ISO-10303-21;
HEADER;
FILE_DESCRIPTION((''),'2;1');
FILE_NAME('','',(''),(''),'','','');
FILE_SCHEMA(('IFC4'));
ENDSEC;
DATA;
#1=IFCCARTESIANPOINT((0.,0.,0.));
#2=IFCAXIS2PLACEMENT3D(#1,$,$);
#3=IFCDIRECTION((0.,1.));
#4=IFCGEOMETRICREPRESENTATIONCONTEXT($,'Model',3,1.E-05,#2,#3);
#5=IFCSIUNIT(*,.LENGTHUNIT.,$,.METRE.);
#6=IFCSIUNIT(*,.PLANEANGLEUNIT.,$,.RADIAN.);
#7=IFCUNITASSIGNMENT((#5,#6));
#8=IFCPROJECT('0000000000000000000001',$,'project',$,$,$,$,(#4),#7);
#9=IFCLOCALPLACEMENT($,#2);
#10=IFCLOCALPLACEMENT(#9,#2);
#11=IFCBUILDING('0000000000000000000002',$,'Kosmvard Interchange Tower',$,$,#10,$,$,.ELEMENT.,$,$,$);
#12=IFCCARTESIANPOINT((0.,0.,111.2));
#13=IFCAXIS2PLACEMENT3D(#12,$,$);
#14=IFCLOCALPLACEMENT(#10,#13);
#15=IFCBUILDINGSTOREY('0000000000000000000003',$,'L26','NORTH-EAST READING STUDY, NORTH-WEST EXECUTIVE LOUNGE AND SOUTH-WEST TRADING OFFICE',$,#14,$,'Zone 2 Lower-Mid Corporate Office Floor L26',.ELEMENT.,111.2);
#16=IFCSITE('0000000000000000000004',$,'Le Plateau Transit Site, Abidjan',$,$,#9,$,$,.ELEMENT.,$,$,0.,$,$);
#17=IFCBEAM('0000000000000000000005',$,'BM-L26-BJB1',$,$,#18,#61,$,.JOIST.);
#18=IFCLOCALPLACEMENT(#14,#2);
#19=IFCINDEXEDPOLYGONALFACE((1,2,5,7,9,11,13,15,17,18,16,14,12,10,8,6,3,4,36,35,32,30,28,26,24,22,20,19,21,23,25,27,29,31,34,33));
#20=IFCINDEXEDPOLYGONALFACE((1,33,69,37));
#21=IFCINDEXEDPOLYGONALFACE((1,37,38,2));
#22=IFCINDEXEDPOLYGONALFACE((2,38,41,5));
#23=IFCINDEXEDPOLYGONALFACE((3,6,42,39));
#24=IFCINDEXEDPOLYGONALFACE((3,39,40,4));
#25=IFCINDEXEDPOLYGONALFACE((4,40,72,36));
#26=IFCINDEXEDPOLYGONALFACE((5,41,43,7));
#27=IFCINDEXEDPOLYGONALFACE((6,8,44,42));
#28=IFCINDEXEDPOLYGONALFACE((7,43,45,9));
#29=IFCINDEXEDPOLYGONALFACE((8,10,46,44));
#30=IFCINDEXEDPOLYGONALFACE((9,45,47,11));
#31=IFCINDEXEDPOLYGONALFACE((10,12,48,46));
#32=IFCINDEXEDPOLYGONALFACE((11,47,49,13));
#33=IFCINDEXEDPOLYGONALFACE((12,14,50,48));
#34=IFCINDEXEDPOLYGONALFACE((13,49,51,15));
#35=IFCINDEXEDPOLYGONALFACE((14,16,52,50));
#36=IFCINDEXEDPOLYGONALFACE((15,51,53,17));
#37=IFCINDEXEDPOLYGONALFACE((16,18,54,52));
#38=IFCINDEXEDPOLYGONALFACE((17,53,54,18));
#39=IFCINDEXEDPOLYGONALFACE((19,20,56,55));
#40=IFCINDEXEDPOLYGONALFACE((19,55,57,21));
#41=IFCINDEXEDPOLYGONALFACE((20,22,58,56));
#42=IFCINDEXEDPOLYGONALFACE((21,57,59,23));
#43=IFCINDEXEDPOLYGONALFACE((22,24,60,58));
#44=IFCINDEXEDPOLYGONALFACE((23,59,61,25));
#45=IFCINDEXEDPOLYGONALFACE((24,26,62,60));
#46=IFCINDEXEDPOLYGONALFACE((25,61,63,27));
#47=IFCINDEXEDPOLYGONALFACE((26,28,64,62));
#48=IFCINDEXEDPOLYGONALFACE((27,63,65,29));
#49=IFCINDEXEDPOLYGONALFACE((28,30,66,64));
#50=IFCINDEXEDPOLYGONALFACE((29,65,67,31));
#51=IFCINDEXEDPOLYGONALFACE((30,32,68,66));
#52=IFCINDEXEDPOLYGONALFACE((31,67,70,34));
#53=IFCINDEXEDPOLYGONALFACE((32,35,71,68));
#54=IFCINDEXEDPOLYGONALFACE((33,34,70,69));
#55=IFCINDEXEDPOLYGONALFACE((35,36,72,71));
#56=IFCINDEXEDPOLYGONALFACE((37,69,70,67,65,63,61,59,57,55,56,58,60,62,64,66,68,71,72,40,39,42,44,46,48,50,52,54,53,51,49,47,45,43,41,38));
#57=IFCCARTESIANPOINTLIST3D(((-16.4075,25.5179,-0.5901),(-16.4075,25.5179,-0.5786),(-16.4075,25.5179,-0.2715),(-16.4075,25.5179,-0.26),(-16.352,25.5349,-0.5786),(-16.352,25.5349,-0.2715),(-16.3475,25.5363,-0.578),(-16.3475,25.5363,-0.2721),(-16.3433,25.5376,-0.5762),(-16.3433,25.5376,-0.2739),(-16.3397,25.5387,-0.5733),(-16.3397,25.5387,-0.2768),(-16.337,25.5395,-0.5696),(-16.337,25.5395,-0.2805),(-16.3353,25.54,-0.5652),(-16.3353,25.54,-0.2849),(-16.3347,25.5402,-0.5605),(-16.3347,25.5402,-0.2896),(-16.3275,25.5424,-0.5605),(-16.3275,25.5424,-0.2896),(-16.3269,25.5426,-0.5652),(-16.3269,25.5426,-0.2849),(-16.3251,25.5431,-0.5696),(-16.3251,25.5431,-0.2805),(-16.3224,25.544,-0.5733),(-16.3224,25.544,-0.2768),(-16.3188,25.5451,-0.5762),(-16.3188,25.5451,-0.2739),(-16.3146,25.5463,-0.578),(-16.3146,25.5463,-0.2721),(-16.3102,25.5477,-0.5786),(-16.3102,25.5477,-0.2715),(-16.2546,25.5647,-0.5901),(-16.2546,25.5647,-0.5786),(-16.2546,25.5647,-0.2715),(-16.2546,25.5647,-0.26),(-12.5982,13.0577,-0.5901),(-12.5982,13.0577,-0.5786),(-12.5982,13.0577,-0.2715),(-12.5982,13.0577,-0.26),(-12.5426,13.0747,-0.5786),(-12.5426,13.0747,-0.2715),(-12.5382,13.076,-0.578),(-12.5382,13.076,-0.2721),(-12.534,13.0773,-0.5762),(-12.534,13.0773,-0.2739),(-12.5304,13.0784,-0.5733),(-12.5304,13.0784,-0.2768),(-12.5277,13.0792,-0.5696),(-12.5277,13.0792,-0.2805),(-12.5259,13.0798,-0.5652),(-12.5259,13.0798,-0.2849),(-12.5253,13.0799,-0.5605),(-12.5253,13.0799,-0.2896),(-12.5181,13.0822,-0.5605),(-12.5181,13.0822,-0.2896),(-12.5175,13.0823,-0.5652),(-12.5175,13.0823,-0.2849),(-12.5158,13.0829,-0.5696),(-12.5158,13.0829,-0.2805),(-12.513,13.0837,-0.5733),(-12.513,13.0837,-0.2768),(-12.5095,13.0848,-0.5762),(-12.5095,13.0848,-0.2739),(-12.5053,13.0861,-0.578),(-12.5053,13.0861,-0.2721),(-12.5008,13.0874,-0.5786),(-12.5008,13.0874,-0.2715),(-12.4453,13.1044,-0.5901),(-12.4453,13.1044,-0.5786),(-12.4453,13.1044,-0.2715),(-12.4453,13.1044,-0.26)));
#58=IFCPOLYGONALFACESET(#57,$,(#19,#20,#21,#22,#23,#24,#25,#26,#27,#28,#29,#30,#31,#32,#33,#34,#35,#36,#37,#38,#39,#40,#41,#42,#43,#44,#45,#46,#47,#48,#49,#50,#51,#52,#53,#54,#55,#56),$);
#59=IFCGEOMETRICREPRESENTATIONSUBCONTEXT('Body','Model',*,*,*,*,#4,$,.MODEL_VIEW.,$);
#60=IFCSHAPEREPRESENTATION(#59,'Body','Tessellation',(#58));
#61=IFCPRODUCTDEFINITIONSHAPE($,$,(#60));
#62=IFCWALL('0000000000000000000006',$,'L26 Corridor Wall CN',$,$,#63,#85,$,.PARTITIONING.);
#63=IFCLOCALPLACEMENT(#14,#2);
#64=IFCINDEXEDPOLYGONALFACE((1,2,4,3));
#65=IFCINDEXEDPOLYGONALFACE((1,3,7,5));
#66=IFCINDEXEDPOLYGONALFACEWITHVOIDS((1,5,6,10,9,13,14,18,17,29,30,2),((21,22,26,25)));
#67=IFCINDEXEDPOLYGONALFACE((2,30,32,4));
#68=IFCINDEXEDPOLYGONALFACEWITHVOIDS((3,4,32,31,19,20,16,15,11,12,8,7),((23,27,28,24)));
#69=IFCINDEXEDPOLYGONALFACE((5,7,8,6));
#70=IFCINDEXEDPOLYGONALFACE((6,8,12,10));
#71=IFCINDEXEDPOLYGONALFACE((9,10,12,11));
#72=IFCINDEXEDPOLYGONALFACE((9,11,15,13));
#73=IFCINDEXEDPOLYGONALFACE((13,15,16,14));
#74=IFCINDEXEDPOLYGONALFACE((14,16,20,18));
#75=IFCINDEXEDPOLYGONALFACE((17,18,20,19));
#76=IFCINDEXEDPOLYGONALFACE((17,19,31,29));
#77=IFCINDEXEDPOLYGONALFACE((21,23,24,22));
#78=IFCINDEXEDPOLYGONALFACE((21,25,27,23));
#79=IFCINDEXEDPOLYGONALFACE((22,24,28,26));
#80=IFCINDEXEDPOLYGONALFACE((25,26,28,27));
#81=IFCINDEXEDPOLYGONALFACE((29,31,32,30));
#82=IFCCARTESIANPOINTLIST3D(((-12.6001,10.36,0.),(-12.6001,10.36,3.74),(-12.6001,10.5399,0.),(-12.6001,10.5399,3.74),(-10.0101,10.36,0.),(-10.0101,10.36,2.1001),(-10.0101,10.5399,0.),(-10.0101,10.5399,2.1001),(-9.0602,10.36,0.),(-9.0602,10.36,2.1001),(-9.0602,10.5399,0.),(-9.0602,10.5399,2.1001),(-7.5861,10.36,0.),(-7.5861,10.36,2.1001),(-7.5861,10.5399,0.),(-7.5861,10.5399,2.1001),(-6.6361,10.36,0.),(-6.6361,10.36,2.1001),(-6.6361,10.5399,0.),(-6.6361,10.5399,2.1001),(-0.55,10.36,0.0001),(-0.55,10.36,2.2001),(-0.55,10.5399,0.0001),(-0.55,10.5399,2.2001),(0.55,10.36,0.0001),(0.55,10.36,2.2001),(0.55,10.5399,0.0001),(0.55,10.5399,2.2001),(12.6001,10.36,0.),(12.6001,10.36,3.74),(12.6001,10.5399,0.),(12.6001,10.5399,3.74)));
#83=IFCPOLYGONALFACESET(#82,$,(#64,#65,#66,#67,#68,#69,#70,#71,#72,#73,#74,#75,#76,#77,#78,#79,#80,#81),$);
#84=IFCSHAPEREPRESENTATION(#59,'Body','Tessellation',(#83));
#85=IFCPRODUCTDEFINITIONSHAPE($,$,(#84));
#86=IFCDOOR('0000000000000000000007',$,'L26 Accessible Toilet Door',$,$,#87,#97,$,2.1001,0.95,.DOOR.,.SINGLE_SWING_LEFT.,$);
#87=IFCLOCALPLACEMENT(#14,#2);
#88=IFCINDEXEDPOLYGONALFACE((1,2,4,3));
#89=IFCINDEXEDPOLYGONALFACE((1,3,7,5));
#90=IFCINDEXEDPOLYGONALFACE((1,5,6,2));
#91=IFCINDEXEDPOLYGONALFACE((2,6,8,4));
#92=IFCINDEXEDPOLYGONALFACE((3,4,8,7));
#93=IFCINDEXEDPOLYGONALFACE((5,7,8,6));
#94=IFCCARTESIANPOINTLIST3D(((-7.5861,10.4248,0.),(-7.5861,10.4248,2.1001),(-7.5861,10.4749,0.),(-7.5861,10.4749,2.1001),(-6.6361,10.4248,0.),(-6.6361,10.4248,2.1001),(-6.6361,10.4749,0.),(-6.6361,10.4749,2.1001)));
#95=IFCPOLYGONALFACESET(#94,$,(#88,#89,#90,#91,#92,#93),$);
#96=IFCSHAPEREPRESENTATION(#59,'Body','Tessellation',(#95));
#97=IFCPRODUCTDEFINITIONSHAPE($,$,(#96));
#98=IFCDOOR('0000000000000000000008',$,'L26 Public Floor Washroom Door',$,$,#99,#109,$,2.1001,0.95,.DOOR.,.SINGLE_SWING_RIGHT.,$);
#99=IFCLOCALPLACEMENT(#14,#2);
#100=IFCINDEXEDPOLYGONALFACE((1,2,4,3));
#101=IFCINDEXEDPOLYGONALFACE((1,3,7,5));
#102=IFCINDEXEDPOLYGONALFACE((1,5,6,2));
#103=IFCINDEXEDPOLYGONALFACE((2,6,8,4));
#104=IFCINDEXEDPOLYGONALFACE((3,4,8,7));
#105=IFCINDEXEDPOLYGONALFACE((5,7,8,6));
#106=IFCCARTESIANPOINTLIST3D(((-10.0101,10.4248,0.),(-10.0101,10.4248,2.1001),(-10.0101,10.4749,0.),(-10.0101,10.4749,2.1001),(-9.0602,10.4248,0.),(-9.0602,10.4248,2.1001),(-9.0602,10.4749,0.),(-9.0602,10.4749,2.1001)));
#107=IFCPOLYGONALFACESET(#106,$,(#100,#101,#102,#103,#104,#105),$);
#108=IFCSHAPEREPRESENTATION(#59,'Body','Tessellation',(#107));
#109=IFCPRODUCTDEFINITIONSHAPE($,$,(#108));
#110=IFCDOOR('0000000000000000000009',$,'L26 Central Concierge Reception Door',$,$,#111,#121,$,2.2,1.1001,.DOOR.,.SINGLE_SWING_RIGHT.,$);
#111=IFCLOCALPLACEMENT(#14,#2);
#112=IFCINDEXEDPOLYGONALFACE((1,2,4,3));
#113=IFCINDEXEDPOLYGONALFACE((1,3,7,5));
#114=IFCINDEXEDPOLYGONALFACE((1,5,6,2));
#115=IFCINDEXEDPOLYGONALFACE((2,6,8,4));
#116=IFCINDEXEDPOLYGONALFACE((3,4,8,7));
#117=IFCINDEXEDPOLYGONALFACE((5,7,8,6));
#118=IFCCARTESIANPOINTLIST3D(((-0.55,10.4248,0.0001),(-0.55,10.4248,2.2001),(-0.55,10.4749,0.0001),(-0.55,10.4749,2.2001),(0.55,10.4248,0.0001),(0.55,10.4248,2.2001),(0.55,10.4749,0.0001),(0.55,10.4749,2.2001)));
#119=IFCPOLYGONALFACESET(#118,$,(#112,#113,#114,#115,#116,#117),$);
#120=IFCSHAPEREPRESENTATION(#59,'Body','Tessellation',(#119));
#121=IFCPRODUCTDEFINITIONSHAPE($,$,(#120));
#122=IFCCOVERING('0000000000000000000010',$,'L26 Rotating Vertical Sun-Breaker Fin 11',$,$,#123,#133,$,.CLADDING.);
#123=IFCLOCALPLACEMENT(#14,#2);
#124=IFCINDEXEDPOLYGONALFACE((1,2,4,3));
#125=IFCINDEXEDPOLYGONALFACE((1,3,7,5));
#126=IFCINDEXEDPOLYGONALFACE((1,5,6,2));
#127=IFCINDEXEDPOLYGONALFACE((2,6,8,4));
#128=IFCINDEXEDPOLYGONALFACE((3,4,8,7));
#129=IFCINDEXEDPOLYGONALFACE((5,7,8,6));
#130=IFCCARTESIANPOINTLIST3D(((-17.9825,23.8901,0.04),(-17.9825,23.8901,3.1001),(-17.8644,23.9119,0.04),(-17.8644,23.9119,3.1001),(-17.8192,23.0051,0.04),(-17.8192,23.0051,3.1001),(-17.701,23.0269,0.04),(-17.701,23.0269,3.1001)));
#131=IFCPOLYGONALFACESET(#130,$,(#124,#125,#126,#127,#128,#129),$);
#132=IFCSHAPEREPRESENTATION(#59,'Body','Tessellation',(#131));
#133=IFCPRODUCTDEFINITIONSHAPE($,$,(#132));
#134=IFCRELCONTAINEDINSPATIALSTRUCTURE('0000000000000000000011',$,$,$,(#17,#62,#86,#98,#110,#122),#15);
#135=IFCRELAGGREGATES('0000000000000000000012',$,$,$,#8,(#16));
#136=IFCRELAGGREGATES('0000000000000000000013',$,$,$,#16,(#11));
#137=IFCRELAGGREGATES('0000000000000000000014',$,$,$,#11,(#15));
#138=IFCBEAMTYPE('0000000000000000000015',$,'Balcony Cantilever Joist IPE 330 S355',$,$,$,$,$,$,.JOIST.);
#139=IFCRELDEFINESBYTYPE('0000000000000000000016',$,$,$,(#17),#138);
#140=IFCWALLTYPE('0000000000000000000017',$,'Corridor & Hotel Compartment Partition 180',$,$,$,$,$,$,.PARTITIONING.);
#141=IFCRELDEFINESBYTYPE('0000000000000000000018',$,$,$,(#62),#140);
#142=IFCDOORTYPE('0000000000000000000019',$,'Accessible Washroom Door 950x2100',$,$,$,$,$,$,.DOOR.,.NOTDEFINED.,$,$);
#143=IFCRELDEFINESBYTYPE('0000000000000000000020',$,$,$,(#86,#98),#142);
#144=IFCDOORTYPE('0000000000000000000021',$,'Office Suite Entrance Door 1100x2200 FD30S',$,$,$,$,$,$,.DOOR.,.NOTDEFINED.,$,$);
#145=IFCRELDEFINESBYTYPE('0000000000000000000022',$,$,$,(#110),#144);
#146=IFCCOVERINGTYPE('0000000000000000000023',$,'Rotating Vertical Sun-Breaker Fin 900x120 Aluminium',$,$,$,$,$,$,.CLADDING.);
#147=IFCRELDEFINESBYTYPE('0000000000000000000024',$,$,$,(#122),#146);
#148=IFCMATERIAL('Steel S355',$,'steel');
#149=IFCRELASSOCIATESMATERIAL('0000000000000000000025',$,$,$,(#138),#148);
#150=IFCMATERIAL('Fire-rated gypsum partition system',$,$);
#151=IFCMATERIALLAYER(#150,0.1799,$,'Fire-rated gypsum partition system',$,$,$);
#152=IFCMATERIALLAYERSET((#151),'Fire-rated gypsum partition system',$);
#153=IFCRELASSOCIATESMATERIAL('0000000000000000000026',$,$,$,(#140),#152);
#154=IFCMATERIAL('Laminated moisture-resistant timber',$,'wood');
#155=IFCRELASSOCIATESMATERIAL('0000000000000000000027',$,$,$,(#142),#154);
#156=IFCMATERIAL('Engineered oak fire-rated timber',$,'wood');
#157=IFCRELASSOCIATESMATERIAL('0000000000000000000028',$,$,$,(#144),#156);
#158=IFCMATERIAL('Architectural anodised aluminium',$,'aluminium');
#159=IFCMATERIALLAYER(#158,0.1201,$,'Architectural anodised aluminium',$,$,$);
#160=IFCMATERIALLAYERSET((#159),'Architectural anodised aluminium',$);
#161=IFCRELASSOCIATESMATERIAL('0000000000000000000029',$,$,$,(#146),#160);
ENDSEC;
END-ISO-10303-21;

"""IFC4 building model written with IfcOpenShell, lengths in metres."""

from ifc_helpers import new_model, si_unit, direction, frame, frame_2d, origin, origin_2d, place, context, subcontext, project, spatial, rectangle, i_section, extrude, source, transform, mapped, material, layer, layer_set, material_profile, profile_set, type_object, element, fill, save


model = new_model("IFC4")

# Units and contexts
model_context = context("Model", 3, precision=1e-05, world=origin(), true_north=direction((0.0, 1.0)))
body_context = subcontext(model_context, "Body", "Model", "MODEL_VIEW")
ifc_project = project(units=[si_unit("LENGTHUNIT", "METRE"), si_unit("PLANEANGLEUNIT", "RADIAN")], contexts=[model_context])

# Site, building, storey
site_placement = place(None, origin())
site = spatial("IfcSite", under=ifc_project, at=site_placement, Name="Le Plateau Transit Site, Abidjan", CompositionType="ELEMENT", RefElevation=0.0)
building_placement = place(site_placement, origin())
building = spatial("IfcBuilding", under=site, at=building_placement, Name="Kosmvard Interchange Tower", CompositionType="ELEMENT")
storey_placement = place(building_placement, frame((0.0, 0.0, 111.2)))
storey = spatial("IfcBuildingStorey", under=building, at=storey_placement, Name="L26", Description="NORTH-EAST READING STUDY, NORTH-WEST EXECUTIVE LOUNGE AND SOUTH-WEST TRADING OFFICE", LongName="Zone 2 Lower-Mid Corporate Office Floor L26", CompositionType="ELEMENT", Elevation=111.2)

# Beam
ifc_material_1 = material(Name="Steel S355", Category="steel")
ifc_material_profile_1 = material_profile(ifc_material_1, i_section(OverallWidth=0.1599, OverallDepth=0.3301, WebThickness=0.0076, FlangeThickness=0.0115, FilletRadius=0.0181, at=origin_2d()), Name="IPE 330")
ifc_profile_set_1 = profile_set([ifc_material_profile_1], Name="Steel S355")
beam_type_1 = type_object("IfcBeamType", Name="Balcony Cantilever Joist IPE 330 S355", PredefinedType="JOIST", material=ifc_profile_set_1)
shared_shape_1 = source(origin(), body_context, "Body", "SweptSolid", [
    extrude(i_section(OverallWidth=0.1599, OverallDepth=0.3301, WebThickness=0.0076, FlangeThickness=0.0115, FilletRadius=0.0181, at=origin_2d()), origin(), (0.0, 0.0, 1.0), 13.0295),
])
beam_1_placement = place(storey_placement, frame((-12.5217, 13.0811, -0.425), z_axis=(-0.292362, 0.956308, 0.0), x_axis=(-0.956308, -0.292362, 0.0)))
element("IfcBeam", 1, at=beam_1_placement, inside=storey, type_object=beam_type_1, Name="BM-L26-BJB1", PredefinedType="JOIST", context=body_context, shape_type="MappedRepresentation", body=[
    mapped(shared_shape_1, transform((0.0, 0.0, 0.0), scale=1.0)),
])

# Wall, openings, doors
ifc_material_2 = material(Name="Fire-rated gypsum partition system")
ifc_layer_1 = layer(ifc_material_2, 0.1799, Name="Fire-rated gypsum partition system")
ifc_layer_set_1 = layer_set([ifc_layer_1], Name="Fire-rated gypsum partition system")
wall_type = type_object("IfcWallType", Name="Corridor & Hotel Compartment Partition 180", PredefinedType="PARTITIONING", material=ifc_layer_set_1)
wall_placement = place(storey_placement, frame((-12.6001, 10.45, 0.0), z_axis=(0.0, 0.0, 1.0), x_axis=(1.0, 0.0, 0.0)))
wall = element("IfcWall", 2, at=wall_placement, inside=storey, type_object=wall_type, Name="L26 Corridor Wall CN", PredefinedType="PARTITIONING", context=body_context, shape_type="SweptSolid", body=[
    extrude(rectangle(XDim=25.2002, YDim=0.1799, at=frame_2d((12.6001, 0.0))), origin(), (0.0, 0.0, 1.0), 3.74),
])
opening_1_placement = place(wall_placement, frame((5.0139, 0.0, 0.0)))
opening_1 = element("IfcOpeningElement", 3, at=opening_1_placement, cuts=wall, PredefinedType="OPENING", context=body_context, shape_type="SweptSolid", body=[
    extrude(rectangle(XDim=0.95, YDim=2.1001, at=frame_2d((0.4751, 1.05))), frame((0.0, 0.1001, 0.0), z_axis=(0.0, -1.0, 0.0), x_axis=(1.0, 0.0, 0.0)), (0.0, 0.0, 1.0), 0.2),
])
opening_2_placement = place(wall_placement, frame((2.5898, 0.0, 0.0)))
opening_2 = element("IfcOpeningElement", 4, at=opening_2_placement, cuts=wall, PredefinedType="OPENING", context=body_context, shape_type="SweptSolid", body=[
    extrude(rectangle(XDim=0.95, YDim=2.1001, at=frame_2d((0.4751, 1.05))), frame((0.0, 0.1001, 0.0), z_axis=(0.0, -1.0, 0.0), x_axis=(1.0, 0.0, 0.0)), (0.0, 0.0, 1.0), 0.2),
])
opening_3_placement = place(wall_placement, frame((12.05, 0.0, 0.0)))
opening_3 = element("IfcOpeningElement", 5, at=opening_3_placement, cuts=wall, PredefinedType="OPENING", context=body_context, shape_type="SweptSolid", body=[
    extrude(rectangle(XDim=1.1001, YDim=2.2, at=frame_2d((0.55, 1.1001))), frame((0.0, 0.1001, 0.0), z_axis=(0.0, -1.0, 0.0), x_axis=(1.0, 0.0, 0.0)), (0.0, 0.0, 1.0), 0.2),
])
ifc_material_3 = material(Name="Laminated moisture-resistant timber", Category="wood")
door_type_1 = type_object("IfcDoorType", Name="Accessible Washroom Door 950x2100", OperationType="NOTDEFINED", PredefinedType="DOOR", material=ifc_material_3)
shared_shape_2 = source(origin(), body_context, "Body", "SweptSolid", [
    extrude(rectangle(XDim=0.95, YDim=2.1001, at=frame_2d((0.4751, 1.05))), frame((0.0, 0.0249, 0.0), z_axis=(0.0, -1.0, 0.0), x_axis=(1.0, 0.0, 0.0)), (0.0, 0.0, 1.0), 0.05),
])
door_1_placement = place(opening_1_placement, origin())
door_1 = element("IfcDoor", 6, at=door_1_placement, inside=storey, type_object=door_type_1, Name="L26 Accessible Toilet Door", OperationType="SINGLE_SWING_LEFT", OverallHeight=2.1001, OverallWidth=0.95, PredefinedType="DOOR", context=body_context, shape_type="MappedRepresentation", body=[
    mapped(shared_shape_2, transform((0.0, 0.0, 0.0), scale=1.0)),
])
fill(opening_1, door_1)
door_2_placement = place(opening_2_placement, origin())
door_2 = element("IfcDoor", 7, at=door_2_placement, inside=storey, type_object=door_type_1, Name="L26 Public Floor Washroom Door", OperationType="SINGLE_SWING_RIGHT", OverallHeight=2.1001, OverallWidth=0.95, PredefinedType="DOOR", context=body_context, shape_type="MappedRepresentation", body=[
    mapped(shared_shape_2, transform((0.0, 0.0, 0.0), scale=1.0)),
])
fill(opening_2, door_2)
ifc_material_4 = material(Name="Engineered oak fire-rated timber", Category="wood")
door_type_2 = type_object("IfcDoorType", Name="Office Suite Entrance Door 1100x2200 FD30S", OperationType="NOTDEFINED", PredefinedType="DOOR", material=ifc_material_4)
shared_shape_3 = source(origin(), body_context, "Body", "SweptSolid", [
    extrude(rectangle(XDim=1.1001, YDim=2.2, at=frame_2d((0.55, 1.1001))), frame((0.0, 0.0249, 0.0), z_axis=(0.0, -1.0, 0.0), x_axis=(1.0, 0.0, 0.0)), (0.0, 0.0, 1.0), 0.05),
])
door_3_placement = place(opening_3_placement, origin())
door_3 = element("IfcDoor", 8, at=door_3_placement, inside=storey, type_object=door_type_2, Name="L26 Central Concierge Reception Door", OperationType="SINGLE_SWING_RIGHT", OverallHeight=2.2, OverallWidth=1.1001, PredefinedType="DOOR", context=body_context, shape_type="MappedRepresentation", body=[
    mapped(shared_shape_3, transform((0.0, 0.0, 0.0), scale=1.0)),
])
fill(opening_3, door_3)

# Covering
ifc_material_5 = material(Name="Architectural anodised aluminium", Category="aluminium")
ifc_layer_2 = layer(ifc_material_5, 0.1201, Name="Architectural anodised aluminium")
ifc_layer_set_2 = layer_set([ifc_layer_2], Name="Architectural anodised aluminium")
covering_type = type_object("IfcCoveringType", Name="Rotating Vertical Sun-Breaker Fin 900x120 Aluminium", PredefinedType="CLADDING", material=ifc_layer_set_2)
shared_shape_4 = source(origin(), body_context, "Body", "SweptSolid", [
    extrude(rectangle(XDim=0.8999, YDim=0.1201, at=origin_2d()), origin(), (0.0, 0.0, 1.0), 3.0601),
])
covering_placement = place(storey_placement, frame((-17.8418, 23.4585, 0.04), z_axis=(0.0, 0.0, 1.0), x_axis=(-0.181549, 0.983382, 0.0)))
element("IfcCovering", 9, at=covering_placement, inside=storey, type_object=covering_type, Name="L26 Rotating Vertical Sun-Breaker Fin 11", PredefinedType="CLADDING", context=body_context, shape_type="MappedRepresentation", body=[
    mapped(shared_shape_4, transform((0.0, 0.0, 0.0), scale=1.0)),
])

save(model, "model.ifc")
